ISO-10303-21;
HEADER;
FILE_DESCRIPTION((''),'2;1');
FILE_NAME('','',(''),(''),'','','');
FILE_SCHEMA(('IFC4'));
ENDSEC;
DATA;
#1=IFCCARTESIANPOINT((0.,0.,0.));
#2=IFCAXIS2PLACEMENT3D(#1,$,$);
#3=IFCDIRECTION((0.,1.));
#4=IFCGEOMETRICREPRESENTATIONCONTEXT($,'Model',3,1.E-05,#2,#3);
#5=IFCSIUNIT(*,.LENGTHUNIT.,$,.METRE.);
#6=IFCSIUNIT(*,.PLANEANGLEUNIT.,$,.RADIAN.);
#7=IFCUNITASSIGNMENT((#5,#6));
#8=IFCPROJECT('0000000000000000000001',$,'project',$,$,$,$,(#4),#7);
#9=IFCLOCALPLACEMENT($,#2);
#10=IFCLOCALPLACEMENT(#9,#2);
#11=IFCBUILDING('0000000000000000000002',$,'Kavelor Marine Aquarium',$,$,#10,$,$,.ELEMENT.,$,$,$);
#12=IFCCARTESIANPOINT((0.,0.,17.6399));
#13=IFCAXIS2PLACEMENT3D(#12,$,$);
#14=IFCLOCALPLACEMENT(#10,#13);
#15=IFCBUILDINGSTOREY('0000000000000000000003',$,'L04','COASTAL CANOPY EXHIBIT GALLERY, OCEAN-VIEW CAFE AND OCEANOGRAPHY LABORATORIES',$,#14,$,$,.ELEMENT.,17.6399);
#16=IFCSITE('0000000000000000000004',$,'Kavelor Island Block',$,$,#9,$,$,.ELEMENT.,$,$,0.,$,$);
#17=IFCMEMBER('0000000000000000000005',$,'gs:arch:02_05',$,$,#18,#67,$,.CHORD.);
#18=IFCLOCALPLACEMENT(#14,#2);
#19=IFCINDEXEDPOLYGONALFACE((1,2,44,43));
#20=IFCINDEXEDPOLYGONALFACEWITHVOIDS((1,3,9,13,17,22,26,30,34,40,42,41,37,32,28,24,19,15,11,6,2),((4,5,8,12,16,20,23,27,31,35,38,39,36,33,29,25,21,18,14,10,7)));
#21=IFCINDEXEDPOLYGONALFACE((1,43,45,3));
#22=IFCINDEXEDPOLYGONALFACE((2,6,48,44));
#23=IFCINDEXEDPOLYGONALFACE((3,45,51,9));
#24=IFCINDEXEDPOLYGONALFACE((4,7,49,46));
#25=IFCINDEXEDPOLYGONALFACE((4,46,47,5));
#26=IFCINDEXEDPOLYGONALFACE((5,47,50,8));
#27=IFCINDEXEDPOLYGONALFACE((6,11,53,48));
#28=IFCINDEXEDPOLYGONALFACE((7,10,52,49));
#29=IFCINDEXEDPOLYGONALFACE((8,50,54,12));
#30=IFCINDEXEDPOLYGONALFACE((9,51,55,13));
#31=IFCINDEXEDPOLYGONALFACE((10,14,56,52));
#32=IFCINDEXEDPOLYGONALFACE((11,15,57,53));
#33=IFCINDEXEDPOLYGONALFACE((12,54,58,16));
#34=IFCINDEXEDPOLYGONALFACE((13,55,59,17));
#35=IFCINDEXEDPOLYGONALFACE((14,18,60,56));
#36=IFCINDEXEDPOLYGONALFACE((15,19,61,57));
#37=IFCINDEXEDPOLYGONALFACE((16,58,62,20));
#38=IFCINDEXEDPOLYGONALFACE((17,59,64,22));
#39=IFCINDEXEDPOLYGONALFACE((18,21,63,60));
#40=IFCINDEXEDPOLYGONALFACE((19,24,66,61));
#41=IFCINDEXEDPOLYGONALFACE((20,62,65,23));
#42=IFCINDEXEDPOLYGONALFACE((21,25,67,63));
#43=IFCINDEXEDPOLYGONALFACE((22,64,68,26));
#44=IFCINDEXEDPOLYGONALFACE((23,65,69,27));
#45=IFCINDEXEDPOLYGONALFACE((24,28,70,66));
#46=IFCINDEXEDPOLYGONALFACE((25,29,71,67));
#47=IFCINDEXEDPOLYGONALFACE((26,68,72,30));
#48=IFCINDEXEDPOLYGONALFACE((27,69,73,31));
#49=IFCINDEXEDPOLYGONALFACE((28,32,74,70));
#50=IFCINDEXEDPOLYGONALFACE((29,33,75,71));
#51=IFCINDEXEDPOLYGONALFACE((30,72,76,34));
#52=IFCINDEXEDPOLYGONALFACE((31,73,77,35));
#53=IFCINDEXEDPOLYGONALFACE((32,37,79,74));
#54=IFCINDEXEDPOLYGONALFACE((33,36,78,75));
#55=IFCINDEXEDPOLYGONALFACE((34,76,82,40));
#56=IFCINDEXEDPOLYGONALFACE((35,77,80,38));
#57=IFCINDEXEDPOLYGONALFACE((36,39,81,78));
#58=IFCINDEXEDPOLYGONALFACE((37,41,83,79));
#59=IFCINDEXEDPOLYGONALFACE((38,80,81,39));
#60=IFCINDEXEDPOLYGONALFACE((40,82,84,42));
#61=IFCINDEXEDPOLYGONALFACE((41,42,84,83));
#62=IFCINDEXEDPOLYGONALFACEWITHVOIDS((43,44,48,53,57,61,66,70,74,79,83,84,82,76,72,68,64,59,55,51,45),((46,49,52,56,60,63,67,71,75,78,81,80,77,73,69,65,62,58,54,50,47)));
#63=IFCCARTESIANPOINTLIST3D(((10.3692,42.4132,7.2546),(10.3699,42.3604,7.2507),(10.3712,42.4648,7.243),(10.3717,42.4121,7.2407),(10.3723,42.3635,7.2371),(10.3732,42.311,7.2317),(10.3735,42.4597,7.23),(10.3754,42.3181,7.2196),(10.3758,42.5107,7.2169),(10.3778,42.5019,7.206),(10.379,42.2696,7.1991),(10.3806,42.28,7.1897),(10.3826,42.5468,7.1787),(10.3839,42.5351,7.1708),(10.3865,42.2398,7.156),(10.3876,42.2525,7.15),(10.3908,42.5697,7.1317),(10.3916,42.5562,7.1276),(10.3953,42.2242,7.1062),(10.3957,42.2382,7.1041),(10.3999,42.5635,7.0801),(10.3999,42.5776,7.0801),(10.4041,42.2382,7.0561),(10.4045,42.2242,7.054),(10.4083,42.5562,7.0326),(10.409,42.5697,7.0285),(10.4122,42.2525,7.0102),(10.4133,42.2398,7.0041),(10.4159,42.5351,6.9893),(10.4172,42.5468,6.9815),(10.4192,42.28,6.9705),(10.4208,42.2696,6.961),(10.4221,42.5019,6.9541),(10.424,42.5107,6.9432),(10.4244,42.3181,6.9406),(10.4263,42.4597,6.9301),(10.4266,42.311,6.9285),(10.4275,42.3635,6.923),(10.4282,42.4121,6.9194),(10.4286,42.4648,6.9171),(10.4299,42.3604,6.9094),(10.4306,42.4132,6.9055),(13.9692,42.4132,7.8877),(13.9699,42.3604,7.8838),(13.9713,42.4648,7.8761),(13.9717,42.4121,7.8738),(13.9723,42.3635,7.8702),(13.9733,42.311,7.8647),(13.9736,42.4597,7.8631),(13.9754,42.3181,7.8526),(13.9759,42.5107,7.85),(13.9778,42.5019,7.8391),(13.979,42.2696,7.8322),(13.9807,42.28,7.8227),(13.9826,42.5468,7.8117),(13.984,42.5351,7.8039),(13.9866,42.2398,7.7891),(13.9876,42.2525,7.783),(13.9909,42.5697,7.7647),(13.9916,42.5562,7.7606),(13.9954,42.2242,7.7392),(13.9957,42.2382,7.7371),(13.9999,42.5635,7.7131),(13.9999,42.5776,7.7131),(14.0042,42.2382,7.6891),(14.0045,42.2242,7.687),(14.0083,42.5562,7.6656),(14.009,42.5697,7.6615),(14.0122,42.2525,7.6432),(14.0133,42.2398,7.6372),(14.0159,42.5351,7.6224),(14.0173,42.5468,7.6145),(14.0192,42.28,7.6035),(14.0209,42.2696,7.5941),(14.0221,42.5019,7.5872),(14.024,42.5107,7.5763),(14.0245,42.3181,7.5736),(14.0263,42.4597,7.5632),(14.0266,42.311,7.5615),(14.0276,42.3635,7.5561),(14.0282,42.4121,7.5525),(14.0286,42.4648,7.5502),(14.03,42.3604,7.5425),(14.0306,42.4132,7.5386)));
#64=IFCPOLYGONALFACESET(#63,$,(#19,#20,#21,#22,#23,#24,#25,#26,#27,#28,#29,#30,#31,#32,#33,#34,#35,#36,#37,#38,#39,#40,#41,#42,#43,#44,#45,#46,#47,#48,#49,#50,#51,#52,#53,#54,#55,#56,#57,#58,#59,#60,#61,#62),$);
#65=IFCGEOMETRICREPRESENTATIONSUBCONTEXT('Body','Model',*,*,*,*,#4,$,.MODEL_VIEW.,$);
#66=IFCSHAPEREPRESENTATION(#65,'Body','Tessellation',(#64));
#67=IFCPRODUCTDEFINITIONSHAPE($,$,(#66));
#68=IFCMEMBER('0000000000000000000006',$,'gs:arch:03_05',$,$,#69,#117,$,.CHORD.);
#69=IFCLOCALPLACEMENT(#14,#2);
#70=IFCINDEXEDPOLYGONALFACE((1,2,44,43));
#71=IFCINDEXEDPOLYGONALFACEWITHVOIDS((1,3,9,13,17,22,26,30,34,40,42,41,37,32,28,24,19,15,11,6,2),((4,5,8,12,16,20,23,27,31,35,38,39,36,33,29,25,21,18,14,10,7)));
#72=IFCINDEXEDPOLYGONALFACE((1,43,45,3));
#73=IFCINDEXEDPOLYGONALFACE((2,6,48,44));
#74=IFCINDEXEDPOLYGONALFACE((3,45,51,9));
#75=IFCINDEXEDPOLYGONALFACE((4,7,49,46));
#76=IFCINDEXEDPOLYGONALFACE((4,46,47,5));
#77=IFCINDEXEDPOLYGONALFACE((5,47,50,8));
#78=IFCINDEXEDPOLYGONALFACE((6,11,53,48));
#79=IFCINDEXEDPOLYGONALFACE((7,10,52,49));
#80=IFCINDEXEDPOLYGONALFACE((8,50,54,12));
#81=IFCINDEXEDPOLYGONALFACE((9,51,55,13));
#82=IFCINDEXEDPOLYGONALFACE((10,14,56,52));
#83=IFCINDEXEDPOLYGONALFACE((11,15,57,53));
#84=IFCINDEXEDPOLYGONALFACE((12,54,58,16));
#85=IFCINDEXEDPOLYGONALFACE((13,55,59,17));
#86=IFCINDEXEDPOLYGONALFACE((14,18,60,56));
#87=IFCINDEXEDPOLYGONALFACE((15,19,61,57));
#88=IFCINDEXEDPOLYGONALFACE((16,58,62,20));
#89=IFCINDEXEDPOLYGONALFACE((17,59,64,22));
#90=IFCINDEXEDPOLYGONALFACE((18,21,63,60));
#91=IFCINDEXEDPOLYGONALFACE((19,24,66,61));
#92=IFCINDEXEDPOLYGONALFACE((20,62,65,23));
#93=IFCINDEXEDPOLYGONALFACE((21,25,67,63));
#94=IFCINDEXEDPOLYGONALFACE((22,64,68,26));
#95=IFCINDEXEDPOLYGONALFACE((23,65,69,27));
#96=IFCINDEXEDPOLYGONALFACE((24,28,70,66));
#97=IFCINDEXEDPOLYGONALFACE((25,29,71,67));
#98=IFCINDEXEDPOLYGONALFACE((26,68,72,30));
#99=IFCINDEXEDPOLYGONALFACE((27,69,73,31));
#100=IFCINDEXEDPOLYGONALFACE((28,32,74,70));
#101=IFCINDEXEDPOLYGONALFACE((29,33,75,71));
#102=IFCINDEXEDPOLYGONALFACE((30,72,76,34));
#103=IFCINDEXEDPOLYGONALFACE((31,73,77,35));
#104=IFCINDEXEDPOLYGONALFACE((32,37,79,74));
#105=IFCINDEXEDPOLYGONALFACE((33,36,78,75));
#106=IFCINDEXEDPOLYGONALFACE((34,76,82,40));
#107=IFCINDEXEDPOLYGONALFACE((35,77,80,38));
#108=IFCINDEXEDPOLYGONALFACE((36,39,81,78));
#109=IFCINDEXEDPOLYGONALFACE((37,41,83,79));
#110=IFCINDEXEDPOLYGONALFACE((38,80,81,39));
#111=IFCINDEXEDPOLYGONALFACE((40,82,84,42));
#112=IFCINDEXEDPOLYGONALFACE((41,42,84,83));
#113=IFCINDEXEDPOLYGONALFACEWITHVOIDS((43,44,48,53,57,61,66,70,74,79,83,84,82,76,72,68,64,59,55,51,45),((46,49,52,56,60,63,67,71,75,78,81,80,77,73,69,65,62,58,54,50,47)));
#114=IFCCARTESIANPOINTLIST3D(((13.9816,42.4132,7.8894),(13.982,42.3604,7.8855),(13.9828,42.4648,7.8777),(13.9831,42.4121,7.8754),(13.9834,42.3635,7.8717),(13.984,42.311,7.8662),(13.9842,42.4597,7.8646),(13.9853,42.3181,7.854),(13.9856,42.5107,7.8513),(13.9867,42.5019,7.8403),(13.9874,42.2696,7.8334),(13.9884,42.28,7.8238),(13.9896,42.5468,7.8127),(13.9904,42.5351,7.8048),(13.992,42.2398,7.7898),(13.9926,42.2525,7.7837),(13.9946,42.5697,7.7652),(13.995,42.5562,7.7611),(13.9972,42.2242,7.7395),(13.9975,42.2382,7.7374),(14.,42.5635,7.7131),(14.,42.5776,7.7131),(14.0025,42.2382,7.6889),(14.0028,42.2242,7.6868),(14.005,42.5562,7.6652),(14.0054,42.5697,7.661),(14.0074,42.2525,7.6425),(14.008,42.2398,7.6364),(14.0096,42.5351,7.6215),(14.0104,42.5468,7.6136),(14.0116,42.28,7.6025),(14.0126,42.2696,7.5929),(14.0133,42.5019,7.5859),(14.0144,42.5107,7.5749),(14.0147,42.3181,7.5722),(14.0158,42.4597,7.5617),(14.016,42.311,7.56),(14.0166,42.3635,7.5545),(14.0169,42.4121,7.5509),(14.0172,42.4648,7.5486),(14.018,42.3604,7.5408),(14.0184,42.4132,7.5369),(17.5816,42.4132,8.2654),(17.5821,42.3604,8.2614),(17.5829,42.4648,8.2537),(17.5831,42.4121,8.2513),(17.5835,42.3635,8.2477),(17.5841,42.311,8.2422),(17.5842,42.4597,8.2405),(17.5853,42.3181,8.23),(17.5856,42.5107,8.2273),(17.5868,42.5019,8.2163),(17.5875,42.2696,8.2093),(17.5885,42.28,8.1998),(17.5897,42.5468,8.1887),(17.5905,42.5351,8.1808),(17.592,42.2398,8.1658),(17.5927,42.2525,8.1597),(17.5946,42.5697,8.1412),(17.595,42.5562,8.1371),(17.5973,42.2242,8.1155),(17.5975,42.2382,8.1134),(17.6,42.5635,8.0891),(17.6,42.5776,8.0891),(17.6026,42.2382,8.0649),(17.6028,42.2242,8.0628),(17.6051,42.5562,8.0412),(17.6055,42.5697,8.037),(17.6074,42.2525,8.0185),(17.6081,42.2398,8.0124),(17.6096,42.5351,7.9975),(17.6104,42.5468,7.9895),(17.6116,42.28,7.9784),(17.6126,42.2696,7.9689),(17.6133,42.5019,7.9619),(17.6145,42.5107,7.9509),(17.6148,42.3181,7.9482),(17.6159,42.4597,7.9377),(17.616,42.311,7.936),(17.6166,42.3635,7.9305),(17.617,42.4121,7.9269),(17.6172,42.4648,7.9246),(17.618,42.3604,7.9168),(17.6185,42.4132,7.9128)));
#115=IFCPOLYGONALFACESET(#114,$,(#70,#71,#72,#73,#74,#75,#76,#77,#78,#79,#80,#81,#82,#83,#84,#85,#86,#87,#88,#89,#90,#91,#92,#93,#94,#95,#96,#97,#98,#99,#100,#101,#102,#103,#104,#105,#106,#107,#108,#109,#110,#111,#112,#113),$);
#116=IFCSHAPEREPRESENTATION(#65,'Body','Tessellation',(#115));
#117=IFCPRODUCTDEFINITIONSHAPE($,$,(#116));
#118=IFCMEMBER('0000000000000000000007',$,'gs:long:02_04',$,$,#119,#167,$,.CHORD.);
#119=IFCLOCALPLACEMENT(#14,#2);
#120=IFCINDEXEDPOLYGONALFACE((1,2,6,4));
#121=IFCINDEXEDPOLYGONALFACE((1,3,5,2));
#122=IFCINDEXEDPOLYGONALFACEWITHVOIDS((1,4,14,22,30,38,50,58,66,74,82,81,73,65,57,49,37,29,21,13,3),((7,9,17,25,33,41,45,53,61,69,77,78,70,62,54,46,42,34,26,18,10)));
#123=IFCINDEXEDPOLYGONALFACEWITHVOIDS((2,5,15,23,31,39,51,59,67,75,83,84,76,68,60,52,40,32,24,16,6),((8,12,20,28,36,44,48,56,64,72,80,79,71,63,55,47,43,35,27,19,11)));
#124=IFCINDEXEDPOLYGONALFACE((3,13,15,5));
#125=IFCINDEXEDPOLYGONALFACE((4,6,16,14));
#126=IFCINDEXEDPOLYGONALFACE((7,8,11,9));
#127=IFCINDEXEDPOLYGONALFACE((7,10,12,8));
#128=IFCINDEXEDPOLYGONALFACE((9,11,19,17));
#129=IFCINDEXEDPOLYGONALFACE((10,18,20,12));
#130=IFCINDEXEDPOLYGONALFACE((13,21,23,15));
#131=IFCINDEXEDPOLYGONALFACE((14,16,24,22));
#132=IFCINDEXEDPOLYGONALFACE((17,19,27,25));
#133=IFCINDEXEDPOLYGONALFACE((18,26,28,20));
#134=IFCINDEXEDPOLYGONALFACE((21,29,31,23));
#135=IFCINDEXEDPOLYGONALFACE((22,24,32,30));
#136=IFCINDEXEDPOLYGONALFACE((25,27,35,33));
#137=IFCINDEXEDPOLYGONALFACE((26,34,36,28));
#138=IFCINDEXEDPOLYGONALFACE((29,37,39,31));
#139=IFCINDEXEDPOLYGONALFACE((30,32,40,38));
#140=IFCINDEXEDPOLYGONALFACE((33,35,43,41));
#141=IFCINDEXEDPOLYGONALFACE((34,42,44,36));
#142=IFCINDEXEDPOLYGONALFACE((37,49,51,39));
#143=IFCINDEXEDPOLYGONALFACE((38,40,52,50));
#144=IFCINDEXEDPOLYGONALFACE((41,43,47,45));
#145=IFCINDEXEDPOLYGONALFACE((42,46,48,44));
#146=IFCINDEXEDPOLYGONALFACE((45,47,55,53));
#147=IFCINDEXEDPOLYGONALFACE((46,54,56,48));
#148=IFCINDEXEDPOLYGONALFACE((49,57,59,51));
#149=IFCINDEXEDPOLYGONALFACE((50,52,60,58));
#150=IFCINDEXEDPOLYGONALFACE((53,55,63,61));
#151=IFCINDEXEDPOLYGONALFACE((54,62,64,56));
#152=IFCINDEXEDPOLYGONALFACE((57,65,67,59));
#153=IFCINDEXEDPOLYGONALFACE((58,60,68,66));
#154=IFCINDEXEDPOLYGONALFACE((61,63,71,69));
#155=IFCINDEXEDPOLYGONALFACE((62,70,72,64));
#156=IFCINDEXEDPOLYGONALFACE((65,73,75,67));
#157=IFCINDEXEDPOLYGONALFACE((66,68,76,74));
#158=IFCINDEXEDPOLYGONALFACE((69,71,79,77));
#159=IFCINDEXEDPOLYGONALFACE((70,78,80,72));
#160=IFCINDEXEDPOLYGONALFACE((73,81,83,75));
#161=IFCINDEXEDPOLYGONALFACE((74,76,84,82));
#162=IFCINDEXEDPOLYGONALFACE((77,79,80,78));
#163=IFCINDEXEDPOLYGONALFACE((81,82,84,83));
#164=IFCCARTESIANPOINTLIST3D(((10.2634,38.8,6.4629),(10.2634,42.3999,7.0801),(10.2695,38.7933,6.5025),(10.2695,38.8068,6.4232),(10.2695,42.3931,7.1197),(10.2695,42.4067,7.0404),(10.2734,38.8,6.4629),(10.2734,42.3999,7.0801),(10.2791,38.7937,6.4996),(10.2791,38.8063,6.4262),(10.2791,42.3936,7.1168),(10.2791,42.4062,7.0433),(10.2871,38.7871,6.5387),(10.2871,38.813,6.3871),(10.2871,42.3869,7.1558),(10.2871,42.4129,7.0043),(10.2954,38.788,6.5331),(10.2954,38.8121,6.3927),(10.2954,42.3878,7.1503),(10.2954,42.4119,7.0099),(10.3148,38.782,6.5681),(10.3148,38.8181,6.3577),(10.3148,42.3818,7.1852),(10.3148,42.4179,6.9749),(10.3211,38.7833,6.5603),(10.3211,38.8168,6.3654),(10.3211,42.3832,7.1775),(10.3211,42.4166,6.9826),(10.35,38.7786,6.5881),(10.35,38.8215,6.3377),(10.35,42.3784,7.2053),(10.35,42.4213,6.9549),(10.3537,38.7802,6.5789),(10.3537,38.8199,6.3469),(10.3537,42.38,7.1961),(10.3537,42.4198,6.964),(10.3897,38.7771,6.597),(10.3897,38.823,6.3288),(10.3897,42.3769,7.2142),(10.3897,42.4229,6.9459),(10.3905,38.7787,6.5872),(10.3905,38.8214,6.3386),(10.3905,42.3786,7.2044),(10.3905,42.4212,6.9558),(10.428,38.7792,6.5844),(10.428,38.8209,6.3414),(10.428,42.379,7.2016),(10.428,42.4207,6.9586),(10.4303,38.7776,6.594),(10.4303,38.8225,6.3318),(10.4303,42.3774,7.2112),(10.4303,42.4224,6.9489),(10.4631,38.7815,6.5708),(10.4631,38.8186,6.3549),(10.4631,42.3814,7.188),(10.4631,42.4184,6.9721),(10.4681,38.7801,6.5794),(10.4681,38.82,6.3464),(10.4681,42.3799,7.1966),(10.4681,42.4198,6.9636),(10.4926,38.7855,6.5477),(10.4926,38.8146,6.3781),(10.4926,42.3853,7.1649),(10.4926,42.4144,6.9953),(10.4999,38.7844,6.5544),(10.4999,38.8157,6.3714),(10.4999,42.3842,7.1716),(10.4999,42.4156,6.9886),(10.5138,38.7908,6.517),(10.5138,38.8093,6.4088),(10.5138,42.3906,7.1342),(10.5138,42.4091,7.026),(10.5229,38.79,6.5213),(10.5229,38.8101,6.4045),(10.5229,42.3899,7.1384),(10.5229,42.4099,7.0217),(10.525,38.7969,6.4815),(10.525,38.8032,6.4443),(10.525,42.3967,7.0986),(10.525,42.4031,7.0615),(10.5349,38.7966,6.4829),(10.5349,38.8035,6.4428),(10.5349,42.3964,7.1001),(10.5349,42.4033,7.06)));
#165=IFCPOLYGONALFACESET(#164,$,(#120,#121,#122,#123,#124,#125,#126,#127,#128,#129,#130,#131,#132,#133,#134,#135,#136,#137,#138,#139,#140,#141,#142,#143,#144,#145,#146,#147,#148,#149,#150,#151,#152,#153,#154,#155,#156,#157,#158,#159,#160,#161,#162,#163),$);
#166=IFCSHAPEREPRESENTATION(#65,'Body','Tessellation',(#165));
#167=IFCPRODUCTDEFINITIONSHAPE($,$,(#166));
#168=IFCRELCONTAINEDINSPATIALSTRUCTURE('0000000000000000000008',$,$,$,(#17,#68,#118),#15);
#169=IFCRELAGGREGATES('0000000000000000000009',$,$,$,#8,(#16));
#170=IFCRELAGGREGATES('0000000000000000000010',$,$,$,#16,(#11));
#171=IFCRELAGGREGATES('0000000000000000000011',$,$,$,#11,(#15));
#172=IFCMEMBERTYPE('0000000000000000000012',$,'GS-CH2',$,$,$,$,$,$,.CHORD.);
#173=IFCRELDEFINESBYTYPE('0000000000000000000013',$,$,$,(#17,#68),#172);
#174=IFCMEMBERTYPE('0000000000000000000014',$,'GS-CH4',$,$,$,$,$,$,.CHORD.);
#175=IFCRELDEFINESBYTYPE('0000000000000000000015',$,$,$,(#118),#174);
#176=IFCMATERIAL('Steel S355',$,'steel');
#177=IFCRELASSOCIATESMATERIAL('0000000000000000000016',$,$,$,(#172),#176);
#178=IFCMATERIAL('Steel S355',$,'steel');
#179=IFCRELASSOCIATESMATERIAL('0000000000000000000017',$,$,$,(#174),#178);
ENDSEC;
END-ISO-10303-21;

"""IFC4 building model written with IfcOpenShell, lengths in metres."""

from ifc_helpers import new_model, si_unit, direction, frame, origin, origin_2d, place, context, subcontext, project, spatial, hollow_circle, extrude, material, material_profile, profile_set, type_object, element, save


model = new_model("IFC4")

# Units and contexts
model_context = context("Model", 3, precision=1e-05, world=origin(), true_north=direction((0.0, 1.0)))
body_context = subcontext(model_context, "Body", "Model", "MODEL_VIEW")
ifc_project = project(units=[si_unit("LENGTHUNIT", "METRE"), si_unit("PLANEANGLEUNIT", "RADIAN")], contexts=[model_context])

# Site, building, storey
site_placement = place(None, origin())
site = spatial("IfcSite", under=ifc_project, at=site_placement, Name="Kavelor Island Block", CompositionType="ELEMENT", RefElevation=0.0)
building_placement = place(site_placement, origin())
building = spatial("IfcBuilding", under=site, at=building_placement, Name="Kavelor Marine Aquarium", CompositionType="ELEMENT")
storey_placement = place(building_placement, frame((0.0, 0.0, 17.6399)))
storey = spatial("IfcBuildingStorey", under=building, at=storey_placement, Name="L04", Description="COASTAL CANOPY EXHIBIT GALLERY, OCEAN-VIEW CAFE AND OCEANOGRAPHY LABORATORIES", CompositionType="ELEMENT", Elevation=17.6399)

# Members
ifc_material_1 = material(Name="Steel S355", Category="steel")
ifc_material_profile_1 = material_profile(ifc_material_1, hollow_circle(Radius=0.1777, WallThickness=0.0142, at=origin_2d()), Name="CHS 355.6x14.2")
ifc_profile_set_1 = profile_set([ifc_material_profile_1], Name="Steel S355")
member_type_1 = type_object("IfcMemberType", Name="GS-CH2", PredefinedType="CHORD", material=ifc_profile_set_1)
member_1_placement = place(storey_placement, frame((10.3999, 42.3999, 7.0801), z_axis=(0.984889, 0.0, 0.173187), x_axis=(0.0, 1.0, 0.0)))
element("IfcMember", 1, at=member_1_placement, inside=storey, type_object=member_type_1, Name="gs:arch:02_05", PredefinedType="CHORD", context=body_context, shape_type="SweptSolid", body=[
    extrude(hollow_circle(Radius=0.1777, WallThickness=0.0142, at=origin_2d()), origin(), (0.0, 0.0, 1.0), 3.6553),
])
member_2_placement = place(storey_placement, frame((14.0, 42.3999, 7.7131), z_axis=(0.994591, 0.0, 0.10387), x_axis=(0.0, 1.0, 0.0)))
element("IfcMember", 2, at=member_2_placement, inside=storey, type_object=member_type_1, Name="gs:arch:03_05", PredefinedType="CHORD", context=body_context, shape_type="SweptSolid", body=[
    extrude(hollow_circle(Radius=0.1777, WallThickness=0.0142, at=origin_2d()), origin(), (0.0, 0.0, 1.0), 3.6196),
])
ifc_material_2 = material(Name="Steel S355", Category="steel")
ifc_material_profile_2 = material_profile(ifc_material_2, hollow_circle(Radius=0.1365, WallThickness=0.01, at=origin_2d()), Name="CHS 273.0x10.0")
ifc_profile_set_2 = profile_set([ifc_material_profile_2], Name="Steel S355")
member_type_2 = type_object("IfcMemberType", Name="GS-CH4", PredefinedType="CHORD", material=ifc_profile_set_2)
member_3_placement = place(storey_placement, frame((10.3999, 38.8, 6.4629), z_axis=(0.0, 0.985619, 0.168982), x_axis=(-1.0, 0.0, 0.0)))
element("IfcMember", 3, at=member_3_placement, inside=storey, type_object=member_type_2, Name="gs:long:02_04", PredefinedType="CHORD", context=body_context, shape_type="SweptSolid", body=[
    extrude(hollow_circle(Radius=0.1365, WallThickness=0.01, at=origin_2d()), origin(), (0.0, 0.0, 1.0), 3.6523),
])

save(model, "model.ifc")
